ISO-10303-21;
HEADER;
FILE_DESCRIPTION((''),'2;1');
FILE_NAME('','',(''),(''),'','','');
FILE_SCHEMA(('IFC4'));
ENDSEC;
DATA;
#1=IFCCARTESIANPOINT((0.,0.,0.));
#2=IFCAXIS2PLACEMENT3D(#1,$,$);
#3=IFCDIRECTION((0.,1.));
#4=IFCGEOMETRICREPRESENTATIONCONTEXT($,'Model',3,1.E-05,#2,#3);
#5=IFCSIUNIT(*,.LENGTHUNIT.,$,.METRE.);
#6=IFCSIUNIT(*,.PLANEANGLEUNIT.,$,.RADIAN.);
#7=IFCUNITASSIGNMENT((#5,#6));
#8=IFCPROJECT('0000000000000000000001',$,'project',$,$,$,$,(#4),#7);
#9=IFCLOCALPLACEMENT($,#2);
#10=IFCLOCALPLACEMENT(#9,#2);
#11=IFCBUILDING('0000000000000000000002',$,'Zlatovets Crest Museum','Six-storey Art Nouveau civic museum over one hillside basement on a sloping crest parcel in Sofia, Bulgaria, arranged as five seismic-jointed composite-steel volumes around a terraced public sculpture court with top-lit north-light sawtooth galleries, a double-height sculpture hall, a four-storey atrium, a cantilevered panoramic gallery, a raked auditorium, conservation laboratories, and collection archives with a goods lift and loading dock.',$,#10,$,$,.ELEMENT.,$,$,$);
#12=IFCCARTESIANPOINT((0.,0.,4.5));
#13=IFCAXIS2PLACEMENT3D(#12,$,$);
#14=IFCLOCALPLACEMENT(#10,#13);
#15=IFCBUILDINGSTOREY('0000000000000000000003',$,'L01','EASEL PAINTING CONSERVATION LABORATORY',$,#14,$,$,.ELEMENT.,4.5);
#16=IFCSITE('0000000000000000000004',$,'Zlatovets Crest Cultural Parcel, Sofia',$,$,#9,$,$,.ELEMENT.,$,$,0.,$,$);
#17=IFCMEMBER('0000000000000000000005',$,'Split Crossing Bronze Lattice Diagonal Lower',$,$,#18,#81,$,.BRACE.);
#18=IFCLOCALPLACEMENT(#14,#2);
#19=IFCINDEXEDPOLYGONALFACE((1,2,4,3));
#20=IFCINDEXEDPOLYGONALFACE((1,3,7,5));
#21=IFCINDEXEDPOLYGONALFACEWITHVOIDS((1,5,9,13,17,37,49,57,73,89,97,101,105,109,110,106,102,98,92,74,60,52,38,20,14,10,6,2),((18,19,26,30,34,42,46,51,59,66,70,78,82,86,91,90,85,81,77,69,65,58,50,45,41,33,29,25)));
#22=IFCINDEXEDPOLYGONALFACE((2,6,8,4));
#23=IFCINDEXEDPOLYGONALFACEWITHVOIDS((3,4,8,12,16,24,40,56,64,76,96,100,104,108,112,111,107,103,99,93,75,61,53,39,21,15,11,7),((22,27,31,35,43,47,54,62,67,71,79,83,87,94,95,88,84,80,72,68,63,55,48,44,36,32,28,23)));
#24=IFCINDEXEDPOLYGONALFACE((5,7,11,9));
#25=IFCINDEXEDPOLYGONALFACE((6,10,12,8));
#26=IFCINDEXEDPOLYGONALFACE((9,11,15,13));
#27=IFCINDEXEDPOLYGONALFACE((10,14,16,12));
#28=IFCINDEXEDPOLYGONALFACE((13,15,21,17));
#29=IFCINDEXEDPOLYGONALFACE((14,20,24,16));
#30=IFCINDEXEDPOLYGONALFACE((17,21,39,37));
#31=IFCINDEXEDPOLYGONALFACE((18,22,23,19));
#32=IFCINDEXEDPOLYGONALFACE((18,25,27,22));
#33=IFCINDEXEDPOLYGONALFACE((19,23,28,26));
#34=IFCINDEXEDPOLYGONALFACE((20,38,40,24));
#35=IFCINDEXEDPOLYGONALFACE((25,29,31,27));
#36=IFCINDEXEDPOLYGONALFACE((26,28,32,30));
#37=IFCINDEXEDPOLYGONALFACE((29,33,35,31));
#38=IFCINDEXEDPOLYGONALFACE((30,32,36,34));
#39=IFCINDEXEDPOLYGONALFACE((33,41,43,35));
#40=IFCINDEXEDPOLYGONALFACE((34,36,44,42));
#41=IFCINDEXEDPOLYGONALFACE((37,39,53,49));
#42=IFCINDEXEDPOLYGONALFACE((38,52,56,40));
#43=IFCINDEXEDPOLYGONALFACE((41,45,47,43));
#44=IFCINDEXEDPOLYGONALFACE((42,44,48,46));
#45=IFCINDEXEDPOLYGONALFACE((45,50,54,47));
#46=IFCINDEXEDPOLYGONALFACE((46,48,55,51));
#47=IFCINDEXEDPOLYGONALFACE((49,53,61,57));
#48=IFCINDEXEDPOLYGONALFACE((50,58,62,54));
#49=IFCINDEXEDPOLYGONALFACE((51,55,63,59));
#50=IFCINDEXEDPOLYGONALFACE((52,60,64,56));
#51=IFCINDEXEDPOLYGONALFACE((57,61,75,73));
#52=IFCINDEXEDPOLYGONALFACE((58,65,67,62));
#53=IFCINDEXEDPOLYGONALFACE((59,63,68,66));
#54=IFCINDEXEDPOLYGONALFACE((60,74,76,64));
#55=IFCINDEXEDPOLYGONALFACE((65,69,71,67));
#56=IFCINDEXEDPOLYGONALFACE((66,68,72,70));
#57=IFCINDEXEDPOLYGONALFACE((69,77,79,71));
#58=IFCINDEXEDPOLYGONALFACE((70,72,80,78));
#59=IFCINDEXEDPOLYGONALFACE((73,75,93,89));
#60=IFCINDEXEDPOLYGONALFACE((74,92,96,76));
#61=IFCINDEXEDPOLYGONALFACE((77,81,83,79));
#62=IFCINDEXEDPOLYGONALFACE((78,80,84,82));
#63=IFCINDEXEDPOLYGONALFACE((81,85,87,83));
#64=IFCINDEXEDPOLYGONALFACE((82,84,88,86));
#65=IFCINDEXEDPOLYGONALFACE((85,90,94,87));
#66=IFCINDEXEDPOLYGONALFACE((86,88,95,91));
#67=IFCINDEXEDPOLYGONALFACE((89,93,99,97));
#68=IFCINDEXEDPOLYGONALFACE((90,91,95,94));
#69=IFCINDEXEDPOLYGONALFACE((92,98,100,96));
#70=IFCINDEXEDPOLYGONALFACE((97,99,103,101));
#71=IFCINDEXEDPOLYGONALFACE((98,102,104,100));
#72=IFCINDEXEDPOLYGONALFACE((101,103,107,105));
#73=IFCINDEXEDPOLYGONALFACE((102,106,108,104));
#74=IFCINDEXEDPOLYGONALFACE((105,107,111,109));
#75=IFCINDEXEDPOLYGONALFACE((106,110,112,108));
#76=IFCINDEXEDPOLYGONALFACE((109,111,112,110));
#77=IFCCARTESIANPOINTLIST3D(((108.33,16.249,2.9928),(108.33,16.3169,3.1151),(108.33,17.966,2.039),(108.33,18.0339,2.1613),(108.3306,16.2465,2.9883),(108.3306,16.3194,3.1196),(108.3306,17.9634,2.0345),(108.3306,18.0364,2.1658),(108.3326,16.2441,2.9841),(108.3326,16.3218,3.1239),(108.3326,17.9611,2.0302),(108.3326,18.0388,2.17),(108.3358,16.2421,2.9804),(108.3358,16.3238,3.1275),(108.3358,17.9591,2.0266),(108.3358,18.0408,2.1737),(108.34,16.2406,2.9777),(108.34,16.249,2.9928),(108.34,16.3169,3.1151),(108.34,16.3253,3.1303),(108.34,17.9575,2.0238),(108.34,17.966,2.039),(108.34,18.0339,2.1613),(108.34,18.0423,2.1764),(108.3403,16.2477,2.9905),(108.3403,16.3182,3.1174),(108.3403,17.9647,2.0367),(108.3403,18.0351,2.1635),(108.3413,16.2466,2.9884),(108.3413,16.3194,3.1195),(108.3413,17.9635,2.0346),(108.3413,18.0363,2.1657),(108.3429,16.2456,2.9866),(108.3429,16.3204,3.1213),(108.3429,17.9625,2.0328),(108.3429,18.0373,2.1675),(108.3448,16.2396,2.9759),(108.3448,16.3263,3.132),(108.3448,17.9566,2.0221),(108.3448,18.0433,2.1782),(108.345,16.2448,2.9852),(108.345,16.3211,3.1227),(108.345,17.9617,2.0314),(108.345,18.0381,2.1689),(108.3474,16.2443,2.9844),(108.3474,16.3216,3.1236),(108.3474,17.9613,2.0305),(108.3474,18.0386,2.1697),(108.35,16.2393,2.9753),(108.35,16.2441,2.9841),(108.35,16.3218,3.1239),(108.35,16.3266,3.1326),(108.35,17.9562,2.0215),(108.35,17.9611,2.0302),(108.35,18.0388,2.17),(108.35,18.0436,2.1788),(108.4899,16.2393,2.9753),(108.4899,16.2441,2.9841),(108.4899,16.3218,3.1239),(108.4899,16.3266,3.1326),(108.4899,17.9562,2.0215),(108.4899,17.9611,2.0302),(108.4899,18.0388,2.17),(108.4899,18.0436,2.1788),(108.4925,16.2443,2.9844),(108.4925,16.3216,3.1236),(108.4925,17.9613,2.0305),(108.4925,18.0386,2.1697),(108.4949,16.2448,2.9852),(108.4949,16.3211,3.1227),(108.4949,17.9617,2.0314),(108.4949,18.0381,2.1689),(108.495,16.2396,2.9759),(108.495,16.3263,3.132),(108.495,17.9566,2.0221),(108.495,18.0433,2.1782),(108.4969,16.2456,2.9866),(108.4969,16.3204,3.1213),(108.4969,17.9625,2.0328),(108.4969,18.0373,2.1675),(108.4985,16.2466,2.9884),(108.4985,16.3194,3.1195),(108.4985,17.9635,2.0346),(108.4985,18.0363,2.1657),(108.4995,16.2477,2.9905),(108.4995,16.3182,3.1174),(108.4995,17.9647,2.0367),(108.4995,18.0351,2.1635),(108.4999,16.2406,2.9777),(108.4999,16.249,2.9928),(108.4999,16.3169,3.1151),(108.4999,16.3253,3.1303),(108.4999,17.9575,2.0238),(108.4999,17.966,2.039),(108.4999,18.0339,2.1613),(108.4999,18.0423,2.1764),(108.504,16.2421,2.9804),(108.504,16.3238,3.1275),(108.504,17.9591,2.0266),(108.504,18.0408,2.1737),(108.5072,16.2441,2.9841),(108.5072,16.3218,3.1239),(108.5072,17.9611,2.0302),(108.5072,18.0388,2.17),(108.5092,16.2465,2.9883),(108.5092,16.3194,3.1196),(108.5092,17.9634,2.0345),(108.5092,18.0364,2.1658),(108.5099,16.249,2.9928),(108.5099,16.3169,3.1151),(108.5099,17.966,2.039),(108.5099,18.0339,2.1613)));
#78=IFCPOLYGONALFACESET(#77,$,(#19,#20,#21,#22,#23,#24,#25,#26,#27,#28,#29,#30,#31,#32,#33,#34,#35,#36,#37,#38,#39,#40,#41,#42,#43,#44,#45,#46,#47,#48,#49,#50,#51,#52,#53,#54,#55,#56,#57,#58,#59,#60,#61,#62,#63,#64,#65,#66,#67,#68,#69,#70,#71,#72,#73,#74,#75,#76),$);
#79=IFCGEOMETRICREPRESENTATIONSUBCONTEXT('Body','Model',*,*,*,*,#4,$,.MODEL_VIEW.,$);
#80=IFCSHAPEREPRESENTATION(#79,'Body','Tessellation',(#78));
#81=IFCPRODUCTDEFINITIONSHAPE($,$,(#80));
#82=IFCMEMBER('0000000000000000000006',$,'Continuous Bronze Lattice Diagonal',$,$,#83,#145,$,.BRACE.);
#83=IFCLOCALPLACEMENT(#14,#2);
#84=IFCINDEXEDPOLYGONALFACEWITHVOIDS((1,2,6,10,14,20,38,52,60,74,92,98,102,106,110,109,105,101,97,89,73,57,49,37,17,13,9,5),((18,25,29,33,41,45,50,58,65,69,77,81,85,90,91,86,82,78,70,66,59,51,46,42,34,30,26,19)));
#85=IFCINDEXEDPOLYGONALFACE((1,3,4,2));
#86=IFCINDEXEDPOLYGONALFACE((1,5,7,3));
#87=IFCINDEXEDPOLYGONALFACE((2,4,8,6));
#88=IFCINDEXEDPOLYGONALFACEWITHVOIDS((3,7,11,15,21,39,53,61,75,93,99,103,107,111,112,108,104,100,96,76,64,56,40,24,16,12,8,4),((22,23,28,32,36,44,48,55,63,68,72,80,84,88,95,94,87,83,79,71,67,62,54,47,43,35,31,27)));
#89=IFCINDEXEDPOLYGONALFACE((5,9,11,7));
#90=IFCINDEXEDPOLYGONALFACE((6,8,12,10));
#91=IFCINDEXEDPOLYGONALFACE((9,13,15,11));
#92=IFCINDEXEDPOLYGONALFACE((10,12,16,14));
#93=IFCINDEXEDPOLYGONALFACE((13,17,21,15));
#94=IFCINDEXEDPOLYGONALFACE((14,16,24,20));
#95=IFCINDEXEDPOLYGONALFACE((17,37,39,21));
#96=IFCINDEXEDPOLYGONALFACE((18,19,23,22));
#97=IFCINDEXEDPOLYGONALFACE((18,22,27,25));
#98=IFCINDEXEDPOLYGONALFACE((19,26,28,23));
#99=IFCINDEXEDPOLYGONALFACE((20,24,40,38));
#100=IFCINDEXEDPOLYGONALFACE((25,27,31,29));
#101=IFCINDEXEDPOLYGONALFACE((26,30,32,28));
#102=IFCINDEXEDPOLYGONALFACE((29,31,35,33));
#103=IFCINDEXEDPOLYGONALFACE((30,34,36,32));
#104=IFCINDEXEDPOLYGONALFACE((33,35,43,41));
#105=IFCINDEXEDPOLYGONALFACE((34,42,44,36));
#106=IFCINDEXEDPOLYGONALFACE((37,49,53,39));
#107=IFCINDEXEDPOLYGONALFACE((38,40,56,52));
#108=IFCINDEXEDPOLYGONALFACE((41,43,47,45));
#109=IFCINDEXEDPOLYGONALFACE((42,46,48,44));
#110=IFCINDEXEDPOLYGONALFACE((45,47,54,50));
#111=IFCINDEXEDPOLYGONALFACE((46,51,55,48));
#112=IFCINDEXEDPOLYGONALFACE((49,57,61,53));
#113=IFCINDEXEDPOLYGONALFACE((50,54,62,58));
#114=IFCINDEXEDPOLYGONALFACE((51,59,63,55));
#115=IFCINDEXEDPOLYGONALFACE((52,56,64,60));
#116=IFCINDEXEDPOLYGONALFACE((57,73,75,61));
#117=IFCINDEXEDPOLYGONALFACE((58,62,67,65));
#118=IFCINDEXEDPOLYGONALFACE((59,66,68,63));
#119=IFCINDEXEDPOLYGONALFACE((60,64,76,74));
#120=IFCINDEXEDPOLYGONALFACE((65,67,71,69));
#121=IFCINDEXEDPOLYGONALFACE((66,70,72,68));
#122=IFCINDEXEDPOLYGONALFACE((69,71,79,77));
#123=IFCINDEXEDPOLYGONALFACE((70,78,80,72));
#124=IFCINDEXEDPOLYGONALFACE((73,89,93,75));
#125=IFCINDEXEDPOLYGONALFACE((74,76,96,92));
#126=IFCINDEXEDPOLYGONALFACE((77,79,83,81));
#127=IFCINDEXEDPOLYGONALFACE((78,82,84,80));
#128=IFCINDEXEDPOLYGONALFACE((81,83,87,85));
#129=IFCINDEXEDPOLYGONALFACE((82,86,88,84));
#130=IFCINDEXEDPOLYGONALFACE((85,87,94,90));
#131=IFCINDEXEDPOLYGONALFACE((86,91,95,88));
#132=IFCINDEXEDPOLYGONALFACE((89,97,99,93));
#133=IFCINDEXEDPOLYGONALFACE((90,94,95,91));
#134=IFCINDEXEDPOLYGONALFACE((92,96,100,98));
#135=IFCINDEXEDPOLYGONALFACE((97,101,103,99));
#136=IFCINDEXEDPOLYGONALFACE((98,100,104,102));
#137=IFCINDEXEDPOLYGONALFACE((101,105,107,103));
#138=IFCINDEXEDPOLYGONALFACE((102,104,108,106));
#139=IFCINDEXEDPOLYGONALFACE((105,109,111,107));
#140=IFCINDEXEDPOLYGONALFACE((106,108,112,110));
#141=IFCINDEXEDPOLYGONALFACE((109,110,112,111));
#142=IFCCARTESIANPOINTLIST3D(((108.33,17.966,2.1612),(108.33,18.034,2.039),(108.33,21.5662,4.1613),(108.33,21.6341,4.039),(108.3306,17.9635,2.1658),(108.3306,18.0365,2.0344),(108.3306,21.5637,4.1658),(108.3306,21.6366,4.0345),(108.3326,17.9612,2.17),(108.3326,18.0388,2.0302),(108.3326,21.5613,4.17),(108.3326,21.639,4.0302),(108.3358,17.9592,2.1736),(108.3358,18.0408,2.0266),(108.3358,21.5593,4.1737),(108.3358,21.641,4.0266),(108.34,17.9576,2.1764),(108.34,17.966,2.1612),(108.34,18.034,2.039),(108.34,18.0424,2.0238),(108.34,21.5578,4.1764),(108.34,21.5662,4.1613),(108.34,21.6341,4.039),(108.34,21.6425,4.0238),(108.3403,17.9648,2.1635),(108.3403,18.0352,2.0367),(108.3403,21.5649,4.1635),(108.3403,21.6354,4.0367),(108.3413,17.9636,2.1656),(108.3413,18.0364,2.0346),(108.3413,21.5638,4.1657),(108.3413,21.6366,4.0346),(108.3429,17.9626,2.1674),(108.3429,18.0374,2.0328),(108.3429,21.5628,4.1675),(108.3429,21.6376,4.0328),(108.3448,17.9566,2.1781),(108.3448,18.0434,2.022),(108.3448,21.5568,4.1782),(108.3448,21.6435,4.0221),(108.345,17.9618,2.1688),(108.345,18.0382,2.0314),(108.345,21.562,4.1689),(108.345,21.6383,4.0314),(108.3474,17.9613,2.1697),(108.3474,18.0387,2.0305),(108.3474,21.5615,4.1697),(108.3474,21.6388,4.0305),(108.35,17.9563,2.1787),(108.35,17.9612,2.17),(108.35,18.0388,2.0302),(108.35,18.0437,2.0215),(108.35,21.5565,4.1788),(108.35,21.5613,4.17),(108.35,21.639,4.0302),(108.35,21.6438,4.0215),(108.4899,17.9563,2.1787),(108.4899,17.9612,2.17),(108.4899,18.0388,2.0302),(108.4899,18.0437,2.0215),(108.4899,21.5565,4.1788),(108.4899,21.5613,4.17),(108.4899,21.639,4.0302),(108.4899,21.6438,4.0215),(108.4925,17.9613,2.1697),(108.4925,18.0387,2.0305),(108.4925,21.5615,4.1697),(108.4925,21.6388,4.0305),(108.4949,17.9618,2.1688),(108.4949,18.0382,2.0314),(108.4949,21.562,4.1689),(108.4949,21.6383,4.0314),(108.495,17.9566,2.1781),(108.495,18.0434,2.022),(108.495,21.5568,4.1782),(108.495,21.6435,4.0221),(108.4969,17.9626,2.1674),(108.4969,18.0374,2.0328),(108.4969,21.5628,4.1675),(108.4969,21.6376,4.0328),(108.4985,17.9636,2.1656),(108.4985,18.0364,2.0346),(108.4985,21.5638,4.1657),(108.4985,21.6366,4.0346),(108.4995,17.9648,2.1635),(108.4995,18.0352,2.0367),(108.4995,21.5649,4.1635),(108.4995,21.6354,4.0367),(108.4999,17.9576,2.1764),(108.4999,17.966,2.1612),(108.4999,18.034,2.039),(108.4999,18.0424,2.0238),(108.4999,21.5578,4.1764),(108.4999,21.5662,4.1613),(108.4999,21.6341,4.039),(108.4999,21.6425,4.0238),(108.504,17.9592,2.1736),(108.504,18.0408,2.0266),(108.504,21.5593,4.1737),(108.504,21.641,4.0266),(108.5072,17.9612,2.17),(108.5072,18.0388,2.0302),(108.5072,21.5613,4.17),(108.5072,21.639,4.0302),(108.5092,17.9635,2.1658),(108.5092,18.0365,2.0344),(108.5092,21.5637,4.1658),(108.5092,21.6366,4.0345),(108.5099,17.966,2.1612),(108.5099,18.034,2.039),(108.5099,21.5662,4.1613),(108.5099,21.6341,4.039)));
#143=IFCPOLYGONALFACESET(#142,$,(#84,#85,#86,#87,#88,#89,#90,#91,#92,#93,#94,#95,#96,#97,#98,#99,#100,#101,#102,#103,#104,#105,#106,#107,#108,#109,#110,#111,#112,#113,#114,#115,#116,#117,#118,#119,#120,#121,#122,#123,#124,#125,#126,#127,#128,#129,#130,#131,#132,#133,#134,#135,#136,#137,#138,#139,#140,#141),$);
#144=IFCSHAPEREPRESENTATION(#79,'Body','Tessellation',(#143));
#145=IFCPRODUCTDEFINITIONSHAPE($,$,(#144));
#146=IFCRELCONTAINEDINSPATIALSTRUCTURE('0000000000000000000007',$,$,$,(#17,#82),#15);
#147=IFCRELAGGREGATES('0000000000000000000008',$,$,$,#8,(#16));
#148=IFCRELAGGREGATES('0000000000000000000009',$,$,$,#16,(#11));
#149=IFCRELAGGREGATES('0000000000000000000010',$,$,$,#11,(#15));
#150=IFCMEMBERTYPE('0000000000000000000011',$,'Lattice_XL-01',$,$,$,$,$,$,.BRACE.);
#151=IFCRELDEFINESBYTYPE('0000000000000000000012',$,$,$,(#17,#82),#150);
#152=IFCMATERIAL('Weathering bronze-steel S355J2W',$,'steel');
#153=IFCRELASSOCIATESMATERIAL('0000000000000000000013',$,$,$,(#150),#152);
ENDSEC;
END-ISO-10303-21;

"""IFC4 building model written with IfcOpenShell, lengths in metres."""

from ifc_helpers import new_model, si_unit, direction, frame, origin, origin_2d, place, context, subcontext, project, spatial, hollow_rectangle, extrude, material, material_profile, profile_set, type_object, element, save


model = new_model("IFC4")

# Units and contexts
model_context = context("Model", 3, precision=1e-05, world=origin(), true_north=direction((0.0, 1.0)))
body_context = subcontext(model_context, "Body", "Model", "MODEL_VIEW")
ifc_project = project(units=[si_unit("LENGTHUNIT", "METRE"), si_unit("PLANEANGLEUNIT", "RADIAN")], contexts=[model_context])

# Site, building, storey
site_placement = place(None, origin())
site = spatial("IfcSite", under=ifc_project, at=site_placement, Name="Zlatovets Crest Cultural Parcel, Sofia", CompositionType="ELEMENT", RefElevation=0.0)
building_placement = place(site_placement, origin())
building = spatial("IfcBuilding", under=site, at=building_placement, Name="Zlatovets Crest Museum", Description="Six-storey Art Nouveau civic museum over one hillside basement on a sloping crest parcel in Sofia, Bulgaria, arranged as five seismic-jointed composite-steel volumes around a terraced public sculpture court with top-lit north-light sawtooth galleries, a double-height sculpture hall, a four-storey atrium, a cantilevered panoramic gallery, a raked auditorium, conservation laboratories, and collection archives with a goods lift and loading dock.", CompositionType="ELEMENT")
storey_placement = place(building_placement, frame((0.0, 0.0, 4.5)))
storey = spatial("IfcBuildingStorey", under=building, at=storey_placement, Name="L01", Description="EASEL PAINTING CONSERVATION LABORATORY", CompositionType="ELEMENT", Elevation=4.5)

# Members
ifc_material_1 = material(Name="Weathering bronze-steel S355J2W", Category="steel")
ifc_material_profile_1 = material_profile(ifc_material_1, hollow_rectangle(XDim=0.1799, YDim=0.1799, WallThickness=0.01, InnerFilletRadius=0.01, OuterFilletRadius=0.02, at=origin_2d()), Name="SHS 180x180x10.0")
ifc_profile_set_1 = profile_set([ifc_material_profile_1], Name="Weathering bronze-steel S355J2W")
member_type_1 = type_object("IfcMemberType", Name="Lattice_XL-01", PredefinedType="BRACE", material=ifc_profile_set_1)
for number, where, z_axis, x_axis, name in (
    (1, (108.4199, 16.283, 3.054), (0.0, 0.874169, -0.485622), (-1.0, 0.0, 0.0), "Split Crossing Bronze Lattice Diagonal Lower"),
):
    element("IfcMember", number, at=place(storey_placement, frame(where, z_axis=z_axis, x_axis=x_axis)), inside=storey, type_object=member_type_1, Name=name, PredefinedType="BRACE", context=body_context, shape_type="SweptSolid", body=[
        extrude(hollow_rectangle(XDim=0.1799, YDim=0.1799, WallThickness=0.01, InnerFilletRadius=0.01, OuterFilletRadius=0.02, at=origin_2d()), origin(), (0.0, 0.0, 1.0), 1.9641),
    ])
member_1_placement = place(storey_placement, frame((108.4199, 18.0, 2.1001), z_axis=(0.0, 0.874163, 0.485633), x_axis=(-1.0, 0.0, 0.0)))
element("IfcMember", 2, at=member_1_placement, inside=storey, type_object=member_type_1, Name="Continuous Bronze Lattice Diagonal", PredefinedType="BRACE", context=body_context, shape_type="SweptSolid", body=[
    extrude(hollow_rectangle(XDim=0.1799, YDim=0.1799, WallThickness=0.01, InnerFilletRadius=0.01, OuterFilletRadius=0.02, at=origin_2d()), origin(), (0.0, 0.0, 1.0), 4.1184),
])

save(model, "model.ifc")
